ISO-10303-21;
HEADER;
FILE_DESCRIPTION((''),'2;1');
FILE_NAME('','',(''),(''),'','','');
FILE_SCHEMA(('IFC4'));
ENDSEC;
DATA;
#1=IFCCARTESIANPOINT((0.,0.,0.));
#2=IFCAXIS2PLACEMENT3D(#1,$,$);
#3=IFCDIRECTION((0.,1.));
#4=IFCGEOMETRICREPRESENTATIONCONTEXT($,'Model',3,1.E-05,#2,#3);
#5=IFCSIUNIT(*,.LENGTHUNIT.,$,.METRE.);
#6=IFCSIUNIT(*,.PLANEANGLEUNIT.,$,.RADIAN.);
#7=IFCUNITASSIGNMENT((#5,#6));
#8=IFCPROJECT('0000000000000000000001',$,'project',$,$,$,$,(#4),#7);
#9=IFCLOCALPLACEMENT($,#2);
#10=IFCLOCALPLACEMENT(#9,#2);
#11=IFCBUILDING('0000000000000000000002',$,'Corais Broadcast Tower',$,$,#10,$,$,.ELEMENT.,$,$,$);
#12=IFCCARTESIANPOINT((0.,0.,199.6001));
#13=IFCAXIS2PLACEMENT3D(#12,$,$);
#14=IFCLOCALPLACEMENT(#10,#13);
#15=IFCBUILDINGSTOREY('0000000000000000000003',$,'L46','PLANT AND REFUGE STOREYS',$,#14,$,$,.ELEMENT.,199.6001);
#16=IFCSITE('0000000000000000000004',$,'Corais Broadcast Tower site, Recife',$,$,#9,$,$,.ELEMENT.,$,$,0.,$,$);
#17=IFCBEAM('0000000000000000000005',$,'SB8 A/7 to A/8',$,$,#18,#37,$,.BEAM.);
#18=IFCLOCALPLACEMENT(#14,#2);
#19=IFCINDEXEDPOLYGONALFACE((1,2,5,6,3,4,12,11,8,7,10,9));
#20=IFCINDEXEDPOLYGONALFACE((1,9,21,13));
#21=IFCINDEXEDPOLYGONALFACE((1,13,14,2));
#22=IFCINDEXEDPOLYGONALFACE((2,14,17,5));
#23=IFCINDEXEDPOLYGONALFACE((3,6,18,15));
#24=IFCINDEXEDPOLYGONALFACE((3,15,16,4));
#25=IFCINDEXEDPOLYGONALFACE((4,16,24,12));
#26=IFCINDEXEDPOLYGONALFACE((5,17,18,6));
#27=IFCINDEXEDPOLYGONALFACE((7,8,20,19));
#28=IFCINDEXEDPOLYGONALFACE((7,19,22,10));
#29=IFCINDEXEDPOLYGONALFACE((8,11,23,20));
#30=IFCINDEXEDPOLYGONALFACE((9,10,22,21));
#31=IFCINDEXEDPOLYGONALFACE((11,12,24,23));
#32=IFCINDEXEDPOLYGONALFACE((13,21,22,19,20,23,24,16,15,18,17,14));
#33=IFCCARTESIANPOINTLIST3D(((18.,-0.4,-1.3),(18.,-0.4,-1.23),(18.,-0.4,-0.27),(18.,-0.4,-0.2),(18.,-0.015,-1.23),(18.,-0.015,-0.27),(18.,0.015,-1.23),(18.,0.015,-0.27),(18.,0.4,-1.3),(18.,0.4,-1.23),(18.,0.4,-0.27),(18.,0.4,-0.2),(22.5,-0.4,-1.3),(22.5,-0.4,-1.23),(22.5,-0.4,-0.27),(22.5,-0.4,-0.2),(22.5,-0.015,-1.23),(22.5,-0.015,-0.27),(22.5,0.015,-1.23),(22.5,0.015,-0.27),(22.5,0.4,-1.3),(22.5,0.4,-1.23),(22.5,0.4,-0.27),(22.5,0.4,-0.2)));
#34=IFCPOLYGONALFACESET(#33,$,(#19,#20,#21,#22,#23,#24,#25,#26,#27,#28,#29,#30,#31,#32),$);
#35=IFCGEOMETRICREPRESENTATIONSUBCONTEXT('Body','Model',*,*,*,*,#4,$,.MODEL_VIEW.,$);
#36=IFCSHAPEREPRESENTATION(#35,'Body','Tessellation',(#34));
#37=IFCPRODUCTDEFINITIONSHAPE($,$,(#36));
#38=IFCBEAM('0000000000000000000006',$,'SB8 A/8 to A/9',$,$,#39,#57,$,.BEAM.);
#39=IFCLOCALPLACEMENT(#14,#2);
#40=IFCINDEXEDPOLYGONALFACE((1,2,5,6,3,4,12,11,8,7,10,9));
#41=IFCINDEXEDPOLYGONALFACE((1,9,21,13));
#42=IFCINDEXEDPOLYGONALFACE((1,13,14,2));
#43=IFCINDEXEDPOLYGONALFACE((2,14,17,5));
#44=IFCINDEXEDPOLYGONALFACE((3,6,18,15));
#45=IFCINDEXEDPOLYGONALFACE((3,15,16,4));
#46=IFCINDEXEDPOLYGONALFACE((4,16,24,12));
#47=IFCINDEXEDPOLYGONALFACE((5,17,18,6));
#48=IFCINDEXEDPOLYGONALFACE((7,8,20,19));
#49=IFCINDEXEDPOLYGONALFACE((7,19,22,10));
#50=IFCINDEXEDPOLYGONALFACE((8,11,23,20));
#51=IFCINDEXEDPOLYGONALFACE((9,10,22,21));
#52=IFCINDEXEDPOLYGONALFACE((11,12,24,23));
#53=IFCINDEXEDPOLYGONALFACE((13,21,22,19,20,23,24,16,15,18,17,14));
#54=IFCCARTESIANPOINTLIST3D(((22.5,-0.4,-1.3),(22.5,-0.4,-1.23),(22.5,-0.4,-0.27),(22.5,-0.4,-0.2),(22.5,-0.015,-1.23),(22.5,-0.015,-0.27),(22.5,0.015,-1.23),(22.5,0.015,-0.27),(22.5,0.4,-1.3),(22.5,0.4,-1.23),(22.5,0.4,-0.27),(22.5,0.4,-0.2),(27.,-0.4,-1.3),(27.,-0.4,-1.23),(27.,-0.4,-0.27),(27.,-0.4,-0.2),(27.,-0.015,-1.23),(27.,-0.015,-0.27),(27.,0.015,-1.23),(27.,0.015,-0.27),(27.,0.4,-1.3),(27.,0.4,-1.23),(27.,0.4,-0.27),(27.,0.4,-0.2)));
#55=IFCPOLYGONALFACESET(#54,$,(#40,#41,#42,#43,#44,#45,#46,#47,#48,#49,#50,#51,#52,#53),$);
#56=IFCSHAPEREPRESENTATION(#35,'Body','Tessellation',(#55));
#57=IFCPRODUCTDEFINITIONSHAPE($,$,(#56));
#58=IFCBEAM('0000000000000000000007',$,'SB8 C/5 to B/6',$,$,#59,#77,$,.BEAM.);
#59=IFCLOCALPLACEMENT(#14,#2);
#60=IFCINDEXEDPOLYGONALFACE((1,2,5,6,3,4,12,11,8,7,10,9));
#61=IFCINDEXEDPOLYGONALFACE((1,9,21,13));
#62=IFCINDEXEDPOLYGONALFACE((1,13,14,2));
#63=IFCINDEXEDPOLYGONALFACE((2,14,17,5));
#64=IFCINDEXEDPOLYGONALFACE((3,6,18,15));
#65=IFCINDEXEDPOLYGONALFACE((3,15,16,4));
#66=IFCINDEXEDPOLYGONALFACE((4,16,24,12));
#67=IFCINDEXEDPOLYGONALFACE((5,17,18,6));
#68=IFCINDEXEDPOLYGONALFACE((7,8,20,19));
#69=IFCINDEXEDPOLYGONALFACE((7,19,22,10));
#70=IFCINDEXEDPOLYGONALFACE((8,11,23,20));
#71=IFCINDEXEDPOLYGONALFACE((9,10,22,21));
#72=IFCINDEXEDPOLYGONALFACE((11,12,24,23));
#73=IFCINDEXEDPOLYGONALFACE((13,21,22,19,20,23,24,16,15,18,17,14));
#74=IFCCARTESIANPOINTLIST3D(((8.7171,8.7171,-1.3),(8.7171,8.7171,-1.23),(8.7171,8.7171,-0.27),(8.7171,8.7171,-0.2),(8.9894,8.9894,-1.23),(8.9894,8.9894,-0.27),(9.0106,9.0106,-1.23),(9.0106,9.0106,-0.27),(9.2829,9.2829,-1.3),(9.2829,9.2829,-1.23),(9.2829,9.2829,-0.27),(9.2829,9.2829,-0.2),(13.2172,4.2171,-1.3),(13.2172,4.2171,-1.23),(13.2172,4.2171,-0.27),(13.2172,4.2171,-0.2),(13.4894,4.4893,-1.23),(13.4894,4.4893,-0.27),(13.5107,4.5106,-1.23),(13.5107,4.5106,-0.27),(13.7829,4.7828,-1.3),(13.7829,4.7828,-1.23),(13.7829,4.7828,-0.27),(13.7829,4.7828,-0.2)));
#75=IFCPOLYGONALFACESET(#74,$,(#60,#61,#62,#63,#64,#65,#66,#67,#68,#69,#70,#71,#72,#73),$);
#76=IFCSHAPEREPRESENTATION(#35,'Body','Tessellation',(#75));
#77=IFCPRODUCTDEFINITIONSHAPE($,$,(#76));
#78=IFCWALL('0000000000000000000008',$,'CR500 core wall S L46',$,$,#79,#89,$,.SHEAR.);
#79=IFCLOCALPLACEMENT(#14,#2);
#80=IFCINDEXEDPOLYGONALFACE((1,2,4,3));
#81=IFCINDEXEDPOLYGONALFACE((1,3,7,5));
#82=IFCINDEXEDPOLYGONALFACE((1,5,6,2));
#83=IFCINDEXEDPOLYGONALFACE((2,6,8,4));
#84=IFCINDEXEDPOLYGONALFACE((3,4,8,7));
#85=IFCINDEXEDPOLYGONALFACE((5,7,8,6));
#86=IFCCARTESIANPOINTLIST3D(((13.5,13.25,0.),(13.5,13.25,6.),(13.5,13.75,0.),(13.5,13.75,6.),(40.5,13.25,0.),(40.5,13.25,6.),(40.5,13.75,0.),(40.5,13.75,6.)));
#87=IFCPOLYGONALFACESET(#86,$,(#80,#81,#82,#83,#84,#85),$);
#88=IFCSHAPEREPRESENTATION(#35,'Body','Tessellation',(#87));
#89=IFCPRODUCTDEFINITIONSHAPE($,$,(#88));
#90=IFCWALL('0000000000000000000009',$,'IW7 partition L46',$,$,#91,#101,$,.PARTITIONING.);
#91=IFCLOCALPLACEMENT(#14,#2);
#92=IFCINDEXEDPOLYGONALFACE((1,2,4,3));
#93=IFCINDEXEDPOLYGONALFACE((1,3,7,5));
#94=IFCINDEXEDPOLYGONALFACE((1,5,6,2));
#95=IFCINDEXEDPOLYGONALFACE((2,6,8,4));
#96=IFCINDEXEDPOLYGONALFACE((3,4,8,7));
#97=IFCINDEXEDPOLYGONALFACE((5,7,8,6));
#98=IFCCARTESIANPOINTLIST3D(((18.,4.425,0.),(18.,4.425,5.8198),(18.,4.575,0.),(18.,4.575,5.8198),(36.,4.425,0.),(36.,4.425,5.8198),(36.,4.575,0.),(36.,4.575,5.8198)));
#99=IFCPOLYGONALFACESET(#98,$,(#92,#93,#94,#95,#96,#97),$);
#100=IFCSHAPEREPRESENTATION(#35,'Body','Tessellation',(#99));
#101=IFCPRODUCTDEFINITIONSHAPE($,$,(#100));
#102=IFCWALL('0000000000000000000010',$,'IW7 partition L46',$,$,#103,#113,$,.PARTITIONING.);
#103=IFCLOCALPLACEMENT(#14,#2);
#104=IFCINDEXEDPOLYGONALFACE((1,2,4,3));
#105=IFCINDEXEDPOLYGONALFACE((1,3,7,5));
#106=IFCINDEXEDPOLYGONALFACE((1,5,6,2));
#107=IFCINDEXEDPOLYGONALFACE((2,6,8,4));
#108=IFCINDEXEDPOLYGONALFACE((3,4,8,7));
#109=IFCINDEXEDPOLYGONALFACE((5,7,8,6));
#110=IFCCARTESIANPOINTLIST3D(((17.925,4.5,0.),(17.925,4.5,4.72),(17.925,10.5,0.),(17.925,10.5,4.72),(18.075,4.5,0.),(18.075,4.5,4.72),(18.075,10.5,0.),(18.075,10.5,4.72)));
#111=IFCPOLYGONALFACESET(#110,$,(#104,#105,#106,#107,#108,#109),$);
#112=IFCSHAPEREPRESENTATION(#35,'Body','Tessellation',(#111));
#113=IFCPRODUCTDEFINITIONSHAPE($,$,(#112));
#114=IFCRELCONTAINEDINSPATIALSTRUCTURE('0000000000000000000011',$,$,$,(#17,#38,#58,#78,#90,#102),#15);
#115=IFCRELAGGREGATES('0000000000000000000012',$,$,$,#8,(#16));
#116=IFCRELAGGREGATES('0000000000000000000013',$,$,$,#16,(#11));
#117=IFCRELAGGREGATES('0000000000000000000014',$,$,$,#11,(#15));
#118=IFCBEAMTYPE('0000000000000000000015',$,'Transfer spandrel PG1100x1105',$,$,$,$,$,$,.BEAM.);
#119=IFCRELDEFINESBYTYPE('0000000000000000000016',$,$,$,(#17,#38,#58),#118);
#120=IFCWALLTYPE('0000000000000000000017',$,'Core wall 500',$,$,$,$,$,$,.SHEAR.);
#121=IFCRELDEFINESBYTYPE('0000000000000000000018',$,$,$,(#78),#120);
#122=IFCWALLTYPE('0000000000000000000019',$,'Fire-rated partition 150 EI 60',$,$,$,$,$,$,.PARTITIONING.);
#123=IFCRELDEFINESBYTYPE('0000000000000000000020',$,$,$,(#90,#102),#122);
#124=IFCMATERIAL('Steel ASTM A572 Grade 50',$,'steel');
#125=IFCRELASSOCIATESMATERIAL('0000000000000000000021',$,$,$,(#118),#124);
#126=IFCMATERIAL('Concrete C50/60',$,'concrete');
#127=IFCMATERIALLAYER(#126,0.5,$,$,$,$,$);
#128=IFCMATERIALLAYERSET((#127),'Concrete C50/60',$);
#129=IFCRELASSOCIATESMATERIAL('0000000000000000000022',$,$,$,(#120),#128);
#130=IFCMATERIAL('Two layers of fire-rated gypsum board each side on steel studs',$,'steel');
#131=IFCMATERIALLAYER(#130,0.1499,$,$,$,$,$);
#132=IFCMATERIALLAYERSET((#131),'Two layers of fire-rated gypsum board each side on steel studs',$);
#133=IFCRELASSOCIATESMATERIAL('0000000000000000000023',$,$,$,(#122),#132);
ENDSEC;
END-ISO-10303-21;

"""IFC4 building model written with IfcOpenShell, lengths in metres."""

from ifc_helpers import new_model, si_unit, direction, frame, frame_2d, origin, origin_2d, place, context, subcontext, project, spatial, rectangle, i_section, extrude, material, layer, layer_set, material_profile, profile_set, type_object, element, save


model = new_model("IFC4")

# Units and contexts
model_context = context("Model", 3, precision=1e-05, world=origin(), true_north=direction((0.0, 1.0)))
body_context = subcontext(model_context, "Body", "Model", "MODEL_VIEW")
ifc_project = project(units=[si_unit("LENGTHUNIT", "METRE"), si_unit("PLANEANGLEUNIT", "RADIAN")], contexts=[model_context])

# Site, building, storey
site_placement = place(None, origin())
site = spatial("IfcSite", under=ifc_project, at=site_placement, Name="Corais Broadcast Tower site, Recife", CompositionType="ELEMENT", RefElevation=0.0)
building_placement = place(site_placement, origin())
building = spatial("IfcBuilding", under=site, at=building_placement, Name="Corais Broadcast Tower", CompositionType="ELEMENT")
storey_placement = place(building_placement, frame((0.0, 0.0, 199.6001)))
storey = spatial("IfcBuildingStorey", under=building, at=storey_placement, Name="L46", Description="PLANT AND REFUGE STOREYS", CompositionType="ELEMENT", Elevation=199.6001)

# Beams
ifc_material_1 = material(Name="Steel ASTM A572 Grade 50", Category="steel")
ifc_material_profile_1 = material_profile(ifc_material_1, i_section(OverallWidth=0.8, OverallDepth=1.1001, WebThickness=0.03, FlangeThickness=0.0701, at=origin_2d()), Name="PG1100x1105")
ifc_profile_set_1 = profile_set([ifc_material_profile_1], Name="Steel ASTM A572 Grade 50")
beam_type_1 = type_object("IfcBeamType", Name="Transfer spandrel PG1100x1105", PredefinedType="BEAM", material=ifc_profile_set_1)
for number, where, z_axis, x_axis, name in (
    (1, (18.0, 0.0, -0.75), (1.0, 0.0, 0.0), (0.0, 1.0, 0.0), "SB8 A/7 to A/8"),
    (2, (22.5, 0.0, -0.75), (1.0, 0.0, 0.0), (0.0, 1.0, 0.0), "SB8 A/8 to A/9"),
):
    element("IfcBeam", number, at=place(storey_placement, frame(where, z_axis=z_axis, x_axis=x_axis)), inside=storey, type_object=beam_type_1, Name=name, PredefinedType="BEAM", context=body_context, shape_type="SweptSolid", body=[
        extrude(i_section(OverallWidth=0.8, OverallDepth=1.1001, WebThickness=0.03, FlangeThickness=0.0701, at=origin_2d()), origin(), (0.0, 0.0, 1.0), 4.5),
    ])
beam_1_placement = place(storey_placement, frame((9.0, 9.0, -0.75), z_axis=(0.707107, -0.707107, 0.0), x_axis=(0.707107, 0.707107, 0.0)))
element("IfcBeam", 3, at=beam_1_placement, inside=storey, type_object=beam_type_1, Name="SB8 C/5 to B/6", PredefinedType="BEAM", context=body_context, shape_type="SweptSolid", body=[
    extrude(i_section(OverallWidth=0.8, OverallDepth=1.1001, WebThickness=0.03, FlangeThickness=0.0701, at=origin_2d()), origin(), (0.0, 0.0, 1.0), 6.364),
])

# Walls
ifc_material_2 = material(Name="Concrete C50/60", Category="concrete")
ifc_layer_1 = layer(ifc_material_2, 0.5)
ifc_layer_set_1 = layer_set([ifc_layer_1], Name="Concrete C50/60")
wall_type_1 = type_object("IfcWallType", Name="Core wall 500", PredefinedType="SHEAR", material=ifc_layer_set_1)
wall_1_placement = place(storey_placement, frame((13.5, 13.5, 0.0), z_axis=(0.0, 0.0, 1.0), x_axis=(1.0, 0.0, 0.0)))
element("IfcWall", 4, at=wall_1_placement, inside=storey, type_object=wall_type_1, Name="CR500 core wall S L46", PredefinedType="SHEAR", context=body_context, shape_type="SweptSolid", body=[
    extrude(rectangle(XDim=27.0, YDim=0.5, at=frame_2d((13.5, 0.0))), origin(), (0.0, 0.0, 1.0), 6.0),
])
ifc_material_3 = material(Name="Two layers of fire-rated gypsum board each side on steel studs", Category="steel")
ifc_layer_2 = layer(ifc_material_3, 0.1499)
ifc_layer_set_2 = layer_set([ifc_layer_2], Name="Two layers of fire-rated gypsum board each side on steel studs")
wall_type_2 = type_object("IfcWallType", Name="Fire-rated partition 150 EI 60", PredefinedType="PARTITIONING", material=ifc_layer_set_2)
wall_2_placement = place(storey_placement, frame((18.0, 4.5, 0.0), z_axis=(0.0, 0.0, 1.0), x_axis=(1.0, 0.0, 0.0)))
element("IfcWall", 5, at=wall_2_placement, inside=storey, type_object=wall_type_2, Name="IW7 partition L46", PredefinedType="PARTITIONING", context=body_context, shape_type="SweptSolid", body=[
    extrude(rectangle(XDim=18.0, YDim=0.1499, at=frame_2d((9.0, 0.0))), origin(), (0.0, 0.0, 1.0), 5.8198),
])
wall_3_placement = place(storey_placement, frame((18.0, 10.5, 0.0), z_axis=(0.0, 0.0, 1.0), x_axis=(0.0, -1.0, 0.0)))
element("IfcWall", 6, at=wall_3_placement, inside=storey, type_object=wall_type_2, Name="IW7 partition L46", PredefinedType="PARTITIONING", context=body_context, shape_type="SweptSolid", body=[
    extrude(rectangle(XDim=6.0, YDim=0.1499, at=frame_2d((3.0, 0.0))), origin(), (0.0, 0.0, 1.0), 4.72),
])

save(model, "model.ifc")
